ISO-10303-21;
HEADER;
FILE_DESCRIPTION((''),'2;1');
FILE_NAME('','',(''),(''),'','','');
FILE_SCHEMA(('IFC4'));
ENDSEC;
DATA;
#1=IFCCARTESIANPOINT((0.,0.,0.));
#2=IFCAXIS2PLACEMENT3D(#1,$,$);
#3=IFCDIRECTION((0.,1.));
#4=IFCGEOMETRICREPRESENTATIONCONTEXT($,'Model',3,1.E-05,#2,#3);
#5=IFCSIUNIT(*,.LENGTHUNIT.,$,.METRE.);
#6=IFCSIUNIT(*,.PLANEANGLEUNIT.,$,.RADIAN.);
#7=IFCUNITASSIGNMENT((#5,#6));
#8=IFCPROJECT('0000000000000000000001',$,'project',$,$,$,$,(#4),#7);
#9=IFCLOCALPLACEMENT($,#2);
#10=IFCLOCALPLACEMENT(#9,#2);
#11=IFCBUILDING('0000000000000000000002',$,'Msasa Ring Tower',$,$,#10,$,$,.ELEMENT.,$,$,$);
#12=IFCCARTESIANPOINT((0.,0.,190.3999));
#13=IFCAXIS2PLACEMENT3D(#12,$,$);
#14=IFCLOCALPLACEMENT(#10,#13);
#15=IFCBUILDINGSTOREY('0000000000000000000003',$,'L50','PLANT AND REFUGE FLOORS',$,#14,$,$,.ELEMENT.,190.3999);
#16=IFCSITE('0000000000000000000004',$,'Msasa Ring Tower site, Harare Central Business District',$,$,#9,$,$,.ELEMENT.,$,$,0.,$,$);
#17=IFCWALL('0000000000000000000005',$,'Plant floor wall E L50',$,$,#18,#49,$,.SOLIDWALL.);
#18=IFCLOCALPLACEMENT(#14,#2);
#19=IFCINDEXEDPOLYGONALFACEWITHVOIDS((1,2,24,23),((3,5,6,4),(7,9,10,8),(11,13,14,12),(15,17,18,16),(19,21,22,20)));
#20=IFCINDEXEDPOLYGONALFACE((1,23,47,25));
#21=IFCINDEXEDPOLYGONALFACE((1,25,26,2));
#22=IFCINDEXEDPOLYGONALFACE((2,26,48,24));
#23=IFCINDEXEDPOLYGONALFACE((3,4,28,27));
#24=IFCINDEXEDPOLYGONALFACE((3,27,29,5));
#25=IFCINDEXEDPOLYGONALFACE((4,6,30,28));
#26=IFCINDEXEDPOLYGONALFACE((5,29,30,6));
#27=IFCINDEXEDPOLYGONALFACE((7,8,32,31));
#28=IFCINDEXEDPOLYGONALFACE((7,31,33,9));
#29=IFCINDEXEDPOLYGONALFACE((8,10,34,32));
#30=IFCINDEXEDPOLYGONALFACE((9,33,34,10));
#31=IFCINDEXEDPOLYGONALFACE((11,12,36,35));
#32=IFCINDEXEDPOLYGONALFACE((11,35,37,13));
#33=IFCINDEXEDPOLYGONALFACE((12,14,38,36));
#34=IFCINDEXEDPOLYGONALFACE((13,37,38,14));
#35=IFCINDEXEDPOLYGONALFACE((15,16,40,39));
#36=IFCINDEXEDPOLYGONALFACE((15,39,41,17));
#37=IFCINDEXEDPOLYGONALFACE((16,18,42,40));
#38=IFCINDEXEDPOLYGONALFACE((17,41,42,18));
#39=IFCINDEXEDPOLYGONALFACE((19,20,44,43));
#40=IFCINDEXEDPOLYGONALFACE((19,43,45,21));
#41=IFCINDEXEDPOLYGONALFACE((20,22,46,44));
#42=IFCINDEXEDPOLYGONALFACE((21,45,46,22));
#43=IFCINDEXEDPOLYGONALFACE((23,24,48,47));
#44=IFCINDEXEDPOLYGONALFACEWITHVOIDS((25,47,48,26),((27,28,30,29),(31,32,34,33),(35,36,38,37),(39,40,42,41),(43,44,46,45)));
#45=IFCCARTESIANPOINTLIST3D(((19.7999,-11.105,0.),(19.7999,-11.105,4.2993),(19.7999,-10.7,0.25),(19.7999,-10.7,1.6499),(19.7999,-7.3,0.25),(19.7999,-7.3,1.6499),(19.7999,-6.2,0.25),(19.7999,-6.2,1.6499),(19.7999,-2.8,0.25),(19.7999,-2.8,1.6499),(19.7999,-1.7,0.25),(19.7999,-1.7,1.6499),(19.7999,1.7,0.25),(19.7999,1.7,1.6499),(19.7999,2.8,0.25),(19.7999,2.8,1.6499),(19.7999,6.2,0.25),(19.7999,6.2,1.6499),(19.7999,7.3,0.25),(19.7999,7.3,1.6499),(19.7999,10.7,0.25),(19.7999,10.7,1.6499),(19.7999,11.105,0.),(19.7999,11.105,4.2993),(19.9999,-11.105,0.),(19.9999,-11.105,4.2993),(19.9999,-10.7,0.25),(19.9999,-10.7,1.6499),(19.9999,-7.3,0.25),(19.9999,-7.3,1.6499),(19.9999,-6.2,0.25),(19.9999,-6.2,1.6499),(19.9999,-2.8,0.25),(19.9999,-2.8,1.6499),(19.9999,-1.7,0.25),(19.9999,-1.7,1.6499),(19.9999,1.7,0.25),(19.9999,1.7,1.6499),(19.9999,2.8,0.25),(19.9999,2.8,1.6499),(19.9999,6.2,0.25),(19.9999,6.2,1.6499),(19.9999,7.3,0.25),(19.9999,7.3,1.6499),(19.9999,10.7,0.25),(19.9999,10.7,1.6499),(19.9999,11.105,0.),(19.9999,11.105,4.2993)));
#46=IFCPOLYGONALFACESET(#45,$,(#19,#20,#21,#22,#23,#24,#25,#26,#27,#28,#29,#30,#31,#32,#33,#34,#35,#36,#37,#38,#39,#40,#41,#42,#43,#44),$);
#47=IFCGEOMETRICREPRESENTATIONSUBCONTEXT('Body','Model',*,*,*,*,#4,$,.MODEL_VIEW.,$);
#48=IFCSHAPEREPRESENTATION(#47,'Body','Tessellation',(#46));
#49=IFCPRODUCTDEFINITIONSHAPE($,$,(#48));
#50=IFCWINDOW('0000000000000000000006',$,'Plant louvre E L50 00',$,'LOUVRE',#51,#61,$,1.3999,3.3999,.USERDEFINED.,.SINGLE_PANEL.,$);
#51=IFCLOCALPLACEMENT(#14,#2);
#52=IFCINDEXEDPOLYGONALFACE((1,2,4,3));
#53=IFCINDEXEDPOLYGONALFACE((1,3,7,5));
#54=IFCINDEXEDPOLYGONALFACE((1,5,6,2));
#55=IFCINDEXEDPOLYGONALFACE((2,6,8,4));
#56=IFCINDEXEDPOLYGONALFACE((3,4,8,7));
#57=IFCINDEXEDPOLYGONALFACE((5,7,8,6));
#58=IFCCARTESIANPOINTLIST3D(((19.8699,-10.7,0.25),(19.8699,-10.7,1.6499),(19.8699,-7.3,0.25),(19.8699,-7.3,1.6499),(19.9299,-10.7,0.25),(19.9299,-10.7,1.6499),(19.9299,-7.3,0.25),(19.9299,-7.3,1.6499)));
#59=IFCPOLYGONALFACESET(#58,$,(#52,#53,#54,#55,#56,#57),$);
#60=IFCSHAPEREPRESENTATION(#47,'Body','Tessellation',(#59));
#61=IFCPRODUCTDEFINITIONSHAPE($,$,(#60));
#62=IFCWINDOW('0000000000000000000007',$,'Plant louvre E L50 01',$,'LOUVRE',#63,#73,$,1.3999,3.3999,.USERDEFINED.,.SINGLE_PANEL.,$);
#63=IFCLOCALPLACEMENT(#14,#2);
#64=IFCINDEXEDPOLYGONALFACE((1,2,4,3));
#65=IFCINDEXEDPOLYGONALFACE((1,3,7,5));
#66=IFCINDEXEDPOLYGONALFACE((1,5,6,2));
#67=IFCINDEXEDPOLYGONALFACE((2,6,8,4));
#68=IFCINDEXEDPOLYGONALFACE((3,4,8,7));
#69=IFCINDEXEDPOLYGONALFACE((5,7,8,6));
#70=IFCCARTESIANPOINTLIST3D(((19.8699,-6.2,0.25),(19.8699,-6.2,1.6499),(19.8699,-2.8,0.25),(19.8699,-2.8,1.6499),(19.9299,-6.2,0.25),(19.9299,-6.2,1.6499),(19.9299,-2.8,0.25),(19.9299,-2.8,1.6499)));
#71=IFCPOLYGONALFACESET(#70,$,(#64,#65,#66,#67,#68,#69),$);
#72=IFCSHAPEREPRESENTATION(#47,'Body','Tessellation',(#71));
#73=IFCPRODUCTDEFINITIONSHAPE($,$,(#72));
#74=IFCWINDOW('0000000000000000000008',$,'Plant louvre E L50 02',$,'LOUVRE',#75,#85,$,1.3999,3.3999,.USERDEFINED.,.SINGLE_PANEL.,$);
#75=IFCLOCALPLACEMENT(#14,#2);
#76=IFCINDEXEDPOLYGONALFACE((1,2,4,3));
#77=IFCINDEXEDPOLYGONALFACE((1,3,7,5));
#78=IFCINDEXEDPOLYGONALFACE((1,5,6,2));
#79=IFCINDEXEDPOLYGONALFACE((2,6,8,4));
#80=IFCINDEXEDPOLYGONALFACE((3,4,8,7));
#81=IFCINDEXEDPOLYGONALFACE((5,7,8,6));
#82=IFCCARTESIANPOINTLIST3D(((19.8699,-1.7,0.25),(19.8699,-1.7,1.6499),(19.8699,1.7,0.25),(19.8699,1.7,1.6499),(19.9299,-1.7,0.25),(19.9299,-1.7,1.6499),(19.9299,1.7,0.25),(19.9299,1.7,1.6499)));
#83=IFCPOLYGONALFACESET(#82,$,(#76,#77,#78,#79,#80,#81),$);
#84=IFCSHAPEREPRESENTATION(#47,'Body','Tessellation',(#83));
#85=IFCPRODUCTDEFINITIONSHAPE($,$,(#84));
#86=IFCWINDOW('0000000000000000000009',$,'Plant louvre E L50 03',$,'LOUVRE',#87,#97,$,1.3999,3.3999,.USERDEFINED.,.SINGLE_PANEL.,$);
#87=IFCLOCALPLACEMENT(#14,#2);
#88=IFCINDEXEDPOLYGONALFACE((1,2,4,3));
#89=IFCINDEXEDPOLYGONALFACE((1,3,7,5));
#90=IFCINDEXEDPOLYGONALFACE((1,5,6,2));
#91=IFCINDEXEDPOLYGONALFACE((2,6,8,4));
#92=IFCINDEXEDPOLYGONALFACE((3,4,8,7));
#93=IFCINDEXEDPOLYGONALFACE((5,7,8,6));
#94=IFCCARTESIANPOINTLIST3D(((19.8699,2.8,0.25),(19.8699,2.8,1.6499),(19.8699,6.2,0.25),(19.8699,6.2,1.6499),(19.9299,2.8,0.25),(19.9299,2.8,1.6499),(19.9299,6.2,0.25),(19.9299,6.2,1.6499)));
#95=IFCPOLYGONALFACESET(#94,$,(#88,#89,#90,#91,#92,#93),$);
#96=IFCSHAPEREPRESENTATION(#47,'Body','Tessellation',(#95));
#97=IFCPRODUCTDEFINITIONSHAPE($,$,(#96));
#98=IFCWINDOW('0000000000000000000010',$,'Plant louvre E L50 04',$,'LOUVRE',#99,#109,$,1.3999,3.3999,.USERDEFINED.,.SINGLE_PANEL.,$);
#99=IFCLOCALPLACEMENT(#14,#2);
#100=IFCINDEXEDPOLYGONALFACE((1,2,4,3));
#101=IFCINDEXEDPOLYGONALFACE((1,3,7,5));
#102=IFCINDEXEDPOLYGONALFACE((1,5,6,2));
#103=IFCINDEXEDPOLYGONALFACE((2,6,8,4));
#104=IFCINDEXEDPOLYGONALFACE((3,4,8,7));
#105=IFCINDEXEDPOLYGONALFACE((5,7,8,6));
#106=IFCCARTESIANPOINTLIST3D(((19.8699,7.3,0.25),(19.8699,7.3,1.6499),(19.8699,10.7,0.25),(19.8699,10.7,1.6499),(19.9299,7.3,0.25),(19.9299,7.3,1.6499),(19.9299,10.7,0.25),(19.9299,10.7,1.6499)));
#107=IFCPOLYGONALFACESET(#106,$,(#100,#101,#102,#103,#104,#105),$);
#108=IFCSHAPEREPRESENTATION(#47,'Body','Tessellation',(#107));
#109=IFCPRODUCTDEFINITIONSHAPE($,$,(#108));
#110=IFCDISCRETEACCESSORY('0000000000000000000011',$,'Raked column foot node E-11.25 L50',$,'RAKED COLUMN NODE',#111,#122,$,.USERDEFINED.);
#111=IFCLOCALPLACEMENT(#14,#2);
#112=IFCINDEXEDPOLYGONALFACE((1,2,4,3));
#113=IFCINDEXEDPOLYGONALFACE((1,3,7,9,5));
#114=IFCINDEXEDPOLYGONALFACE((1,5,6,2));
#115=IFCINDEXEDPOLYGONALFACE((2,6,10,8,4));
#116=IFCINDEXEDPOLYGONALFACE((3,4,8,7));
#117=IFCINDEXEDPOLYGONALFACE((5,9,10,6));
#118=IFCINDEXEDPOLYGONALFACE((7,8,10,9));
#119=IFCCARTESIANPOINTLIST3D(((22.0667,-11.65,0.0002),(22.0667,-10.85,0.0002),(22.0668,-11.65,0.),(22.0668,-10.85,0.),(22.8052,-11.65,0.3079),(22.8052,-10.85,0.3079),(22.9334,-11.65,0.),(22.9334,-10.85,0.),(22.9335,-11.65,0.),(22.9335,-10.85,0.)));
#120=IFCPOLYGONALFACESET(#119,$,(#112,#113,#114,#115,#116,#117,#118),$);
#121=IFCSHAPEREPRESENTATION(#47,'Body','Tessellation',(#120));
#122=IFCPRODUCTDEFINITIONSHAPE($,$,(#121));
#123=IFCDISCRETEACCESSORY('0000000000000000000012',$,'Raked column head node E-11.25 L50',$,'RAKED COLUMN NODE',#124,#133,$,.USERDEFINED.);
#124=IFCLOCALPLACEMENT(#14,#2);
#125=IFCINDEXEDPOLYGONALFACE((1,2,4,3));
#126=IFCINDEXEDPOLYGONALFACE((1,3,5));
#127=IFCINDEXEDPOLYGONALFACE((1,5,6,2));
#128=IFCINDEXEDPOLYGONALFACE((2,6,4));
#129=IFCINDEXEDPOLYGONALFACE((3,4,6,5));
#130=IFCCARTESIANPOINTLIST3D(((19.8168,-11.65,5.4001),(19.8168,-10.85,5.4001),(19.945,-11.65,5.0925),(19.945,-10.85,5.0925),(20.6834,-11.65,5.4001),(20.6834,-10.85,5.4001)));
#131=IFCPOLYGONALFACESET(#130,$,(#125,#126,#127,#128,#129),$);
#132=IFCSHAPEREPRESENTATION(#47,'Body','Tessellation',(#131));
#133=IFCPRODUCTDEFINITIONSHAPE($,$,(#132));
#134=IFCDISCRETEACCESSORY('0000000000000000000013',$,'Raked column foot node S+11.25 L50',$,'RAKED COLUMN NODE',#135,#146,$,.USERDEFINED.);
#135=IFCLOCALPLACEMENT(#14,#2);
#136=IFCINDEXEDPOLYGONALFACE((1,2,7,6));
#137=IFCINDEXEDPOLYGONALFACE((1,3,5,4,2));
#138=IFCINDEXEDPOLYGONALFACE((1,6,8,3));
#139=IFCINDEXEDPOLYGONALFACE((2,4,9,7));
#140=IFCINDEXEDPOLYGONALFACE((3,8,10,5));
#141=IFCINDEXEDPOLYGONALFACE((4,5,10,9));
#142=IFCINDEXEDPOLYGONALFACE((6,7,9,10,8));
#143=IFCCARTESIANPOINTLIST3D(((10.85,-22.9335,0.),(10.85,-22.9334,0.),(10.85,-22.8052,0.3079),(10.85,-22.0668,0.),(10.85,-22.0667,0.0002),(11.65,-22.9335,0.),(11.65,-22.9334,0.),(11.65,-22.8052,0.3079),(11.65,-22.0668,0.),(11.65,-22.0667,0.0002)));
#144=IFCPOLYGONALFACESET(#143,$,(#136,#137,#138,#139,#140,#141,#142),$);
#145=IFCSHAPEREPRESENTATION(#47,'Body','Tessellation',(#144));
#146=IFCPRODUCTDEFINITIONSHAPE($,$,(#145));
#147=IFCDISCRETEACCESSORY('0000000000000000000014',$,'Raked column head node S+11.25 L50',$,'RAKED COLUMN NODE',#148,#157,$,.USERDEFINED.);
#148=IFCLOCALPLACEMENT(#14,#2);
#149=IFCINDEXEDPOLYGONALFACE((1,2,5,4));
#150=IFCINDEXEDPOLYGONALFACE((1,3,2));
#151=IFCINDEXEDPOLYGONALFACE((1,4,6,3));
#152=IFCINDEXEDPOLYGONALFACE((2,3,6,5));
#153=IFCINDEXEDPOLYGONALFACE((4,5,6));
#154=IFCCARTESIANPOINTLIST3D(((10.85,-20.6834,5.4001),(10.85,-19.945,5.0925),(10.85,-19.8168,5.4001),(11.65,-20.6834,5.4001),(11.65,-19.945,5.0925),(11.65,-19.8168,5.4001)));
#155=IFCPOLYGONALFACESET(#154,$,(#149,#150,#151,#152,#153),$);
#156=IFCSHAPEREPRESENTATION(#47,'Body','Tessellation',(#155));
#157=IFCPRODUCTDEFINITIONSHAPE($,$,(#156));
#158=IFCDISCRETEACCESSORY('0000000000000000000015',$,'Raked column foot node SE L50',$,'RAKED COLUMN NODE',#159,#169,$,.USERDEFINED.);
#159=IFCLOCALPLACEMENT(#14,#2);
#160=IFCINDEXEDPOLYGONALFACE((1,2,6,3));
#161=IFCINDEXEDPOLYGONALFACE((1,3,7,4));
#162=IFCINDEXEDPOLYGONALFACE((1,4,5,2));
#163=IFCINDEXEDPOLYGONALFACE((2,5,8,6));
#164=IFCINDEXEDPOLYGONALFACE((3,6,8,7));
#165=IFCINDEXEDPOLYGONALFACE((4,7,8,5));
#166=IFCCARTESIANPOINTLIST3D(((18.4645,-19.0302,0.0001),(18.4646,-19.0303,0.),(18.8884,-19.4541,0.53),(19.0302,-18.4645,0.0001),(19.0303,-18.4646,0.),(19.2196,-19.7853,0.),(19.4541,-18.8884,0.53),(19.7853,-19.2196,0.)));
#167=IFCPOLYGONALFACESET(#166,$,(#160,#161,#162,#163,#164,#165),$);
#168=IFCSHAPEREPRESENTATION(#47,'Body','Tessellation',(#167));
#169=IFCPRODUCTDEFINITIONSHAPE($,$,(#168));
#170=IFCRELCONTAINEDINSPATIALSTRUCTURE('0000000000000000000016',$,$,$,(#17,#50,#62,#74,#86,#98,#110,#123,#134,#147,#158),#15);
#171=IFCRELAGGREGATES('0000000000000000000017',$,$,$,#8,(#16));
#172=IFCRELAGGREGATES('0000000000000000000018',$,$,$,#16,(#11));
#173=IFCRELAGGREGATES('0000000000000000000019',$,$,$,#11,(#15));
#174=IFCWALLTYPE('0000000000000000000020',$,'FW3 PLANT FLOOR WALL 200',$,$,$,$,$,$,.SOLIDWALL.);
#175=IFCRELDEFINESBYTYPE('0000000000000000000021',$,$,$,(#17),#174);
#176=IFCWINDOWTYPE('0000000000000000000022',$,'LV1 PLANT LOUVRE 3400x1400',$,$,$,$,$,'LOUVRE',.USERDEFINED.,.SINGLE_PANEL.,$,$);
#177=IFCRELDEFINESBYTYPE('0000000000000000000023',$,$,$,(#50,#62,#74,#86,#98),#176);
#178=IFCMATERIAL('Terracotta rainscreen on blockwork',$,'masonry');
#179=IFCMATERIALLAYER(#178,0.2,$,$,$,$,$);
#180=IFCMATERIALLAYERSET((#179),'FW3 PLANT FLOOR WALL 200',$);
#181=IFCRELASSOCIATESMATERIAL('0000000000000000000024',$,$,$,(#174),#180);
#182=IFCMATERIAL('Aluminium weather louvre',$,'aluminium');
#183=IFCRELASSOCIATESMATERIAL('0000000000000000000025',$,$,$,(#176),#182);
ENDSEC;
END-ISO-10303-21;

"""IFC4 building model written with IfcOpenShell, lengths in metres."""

from ifc_helpers import new_model, si_unit, direction, frame, frame_2d, origin, origin_2d, place, context, subcontext, project, spatial, rectangle, extrude, clip, halfspace, material, layer, layer_set, type_object, element, fill, save


model = new_model("IFC4")

# Units and contexts
model_context = context("Model", 3, precision=1e-05, world=origin(), true_north=direction((0.0, 1.0)))
body_context = subcontext(model_context, "Body", "Model", "MODEL_VIEW")
ifc_project = project(units=[si_unit("LENGTHUNIT", "METRE"), si_unit("PLANEANGLEUNIT", "RADIAN")], contexts=[model_context])

# Site, building, storey
site_placement = place(None, origin())
site = spatial("IfcSite", under=ifc_project, at=site_placement, Name="Msasa Ring Tower site, Harare Central Business District", CompositionType="ELEMENT", RefElevation=0.0)
building_placement = place(site_placement, origin())
building = spatial("IfcBuilding", under=site, at=building_placement, Name="Msasa Ring Tower", CompositionType="ELEMENT")
storey_placement = place(building_placement, frame((0.0, 0.0, 190.3999)))
storey = spatial("IfcBuildingStorey", under=building, at=storey_placement, Name="L50", Description="PLANT AND REFUGE FLOORS", CompositionType="ELEMENT", Elevation=190.3999)

# Wall, openings, windows
ifc_material_1 = material(Name="Terracotta rainscreen on blockwork", Category="masonry")
ifc_layer = layer(ifc_material_1, 0.2)
ifc_layer_set = layer_set([ifc_layer], Name="FW3 PLANT FLOOR WALL 200")
wall_type = type_object("IfcWallType", Name="FW3 PLANT FLOOR WALL 200", PredefinedType="SOLIDWALL", material=ifc_layer_set)
wall_placement = place(storey_placement, frame((19.8999, -11.105, 0.0), z_axis=(0.0, 0.0, 1.0), x_axis=(0.0, 1.0, 0.0)))
wall = element("IfcWall", 1, at=wall_placement, inside=storey, type_object=wall_type, Name="Plant floor wall E L50", PredefinedType="SOLIDWALL", context=body_context, shape_type="SweptSolid", body=[
    extrude(rectangle(XDim=22.21, YDim=0.2, at=frame_2d((11.105, 0.0))), origin(), (0.0, 0.0, 1.0), 4.2993),
])
opening_1_placement = place(wall_placement, frame((0.405, 0.0, 0.25)))
opening_1 = element("IfcOpeningElement", 2, at=opening_1_placement, cuts=wall, PredefinedType="OPENING", context=body_context, shape_type="SweptSolid", body=[
    extrude(rectangle(XDim=3.3999, YDim=1.3999, at=frame_2d((1.7, 0.7))), frame((0.0, 0.1099, 0.0), z_axis=(0.0, -1.0, 0.0), x_axis=(1.0, 0.0, 0.0)), (0.0, 0.0, 1.0), 0.22),
])
opening_2_placement = place(wall_placement, frame((4.905, 0.0, 0.25)))
opening_2 = element("IfcOpeningElement", 3, at=opening_2_placement, cuts=wall, PredefinedType="OPENING", context=body_context, shape_type="SweptSolid", body=[
    extrude(rectangle(XDim=3.3999, YDim=1.3999, at=frame_2d((1.7, 0.7))), frame((0.0, 0.1099, 0.0), z_axis=(0.0, -1.0, 0.0), x_axis=(1.0, 0.0, 0.0)), (0.0, 0.0, 1.0), 0.22),
])
opening_3_placement = place(wall_placement, frame((9.405, 0.0, 0.25)))
opening_3 = element("IfcOpeningElement", 4, at=opening_3_placement, cuts=wall, PredefinedType="OPENING", context=body_context, shape_type="SweptSolid", body=[
    extrude(rectangle(XDim=3.3999, YDim=1.3999, at=frame_2d((1.7, 0.7))), frame((0.0, 0.1099, 0.0), z_axis=(0.0, -1.0, 0.0), x_axis=(1.0, 0.0, 0.0)), (0.0, 0.0, 1.0), 0.22),
])
opening_4_placement = place(wall_placement, frame((13.905, 0.0, 0.25)))
opening_4 = element("IfcOpeningElement", 5, at=opening_4_placement, cuts=wall, PredefinedType="OPENING", context=body_context, shape_type="SweptSolid", body=[
    extrude(rectangle(XDim=3.3999, YDim=1.3999, at=frame_2d((1.7, 0.7))), frame((0.0, 0.1099, 0.0), z_axis=(0.0, -1.0, 0.0), x_axis=(1.0, 0.0, 0.0)), (0.0, 0.0, 1.0), 0.22),
])
opening_5_placement = place(wall_placement, frame((18.405, 0.0, 0.25)))
opening_5 = element("IfcOpeningElement", 6, at=opening_5_placement, cuts=wall, PredefinedType="OPENING", context=body_context, shape_type="SweptSolid", body=[
    extrude(rectangle(XDim=3.3999, YDim=1.3999, at=frame_2d((1.7, 0.7))), frame((0.0, 0.1099, 0.0), z_axis=(0.0, -1.0, 0.0), x_axis=(1.0, 0.0, 0.0)), (0.0, 0.0, 1.0), 0.22),
])
ifc_material_2 = material(Name="Aluminium weather louvre", Category="aluminium")
window_type = type_object("IfcWindowType", Name="LV1 PLANT LOUVRE 3400x1400", ElementType="LOUVRE", PartitioningType="SINGLE_PANEL", PredefinedType="USERDEFINED", material=ifc_material_2)
window_1_placement = place(opening_1_placement, origin())
window_1 = element("IfcWindow", 7, at=window_1_placement, inside=storey, type_object=window_type, Name="Plant louvre E L50 00", ObjectType="LOUVRE", OverallHeight=1.3999, OverallWidth=3.3999, PartitioningType="SINGLE_PANEL", PredefinedType="USERDEFINED", context=body_context, shape_type="SweptSolid", body=[
    extrude(rectangle(XDim=3.3999, YDim=1.3999, at=frame_2d((1.7, 0.7))), frame((0.0, 0.03, 0.0), z_axis=(0.0, -1.0, 0.0), x_axis=(1.0, 0.0, 0.0)), (0.0, 0.0, 1.0), 0.0601),
])
fill(opening_1, window_1)
window_2_placement = place(opening_2_placement, origin())
window_2 = element("IfcWindow", 8, at=window_2_placement, inside=storey, type_object=window_type, Name="Plant louvre E L50 01", ObjectType="LOUVRE", OverallHeight=1.3999, OverallWidth=3.3999, PartitioningType="SINGLE_PANEL", PredefinedType="USERDEFINED", context=body_context, shape_type="SweptSolid", body=[
    extrude(rectangle(XDim=3.3999, YDim=1.3999, at=frame_2d((1.7, 0.7))), frame((0.0, 0.03, 0.0), z_axis=(0.0, -1.0, 0.0), x_axis=(1.0, 0.0, 0.0)), (0.0, 0.0, 1.0), 0.0601),
])
fill(opening_2, window_2)
window_3_placement = place(opening_3_placement, origin())
window_3 = element("IfcWindow", 9, at=window_3_placement, inside=storey, type_object=window_type, Name="Plant louvre E L50 02", ObjectType="LOUVRE", OverallHeight=1.3999, OverallWidth=3.3999, PartitioningType="SINGLE_PANEL", PredefinedType="USERDEFINED", context=body_context, shape_type="SweptSolid", body=[
    extrude(rectangle(XDim=3.3999, YDim=1.3999, at=frame_2d((1.7, 0.7))), frame((0.0, 0.03, 0.0), z_axis=(0.0, -1.0, 0.0), x_axis=(1.0, 0.0, 0.0)), (0.0, 0.0, 1.0), 0.0601),
])
fill(opening_3, window_3)
window_4_placement = place(opening_4_placement, origin())
window_4 = element("IfcWindow", 10, at=window_4_placement, inside=storey, type_object=window_type, Name="Plant louvre E L50 03", ObjectType="LOUVRE", OverallHeight=1.3999, OverallWidth=3.3999, PartitioningType="SINGLE_PANEL", PredefinedType="USERDEFINED", context=body_context, shape_type="SweptSolid", body=[
    extrude(rectangle(XDim=3.3999, YDim=1.3999, at=frame_2d((1.7, 0.7))), frame((0.0, 0.03, 0.0), z_axis=(0.0, -1.0, 0.0), x_axis=(1.0, 0.0, 0.0)), (0.0, 0.0, 1.0), 0.0601),
])
fill(opening_4, window_4)
window_5_placement = place(opening_5_placement, origin())
window_5 = element("IfcWindow", 11, at=window_5_placement, inside=storey, type_object=window_type, Name="Plant louvre E L50 04", ObjectType="LOUVRE", OverallHeight=1.3999, OverallWidth=3.3999, PartitioningType="SINGLE_PANEL", PredefinedType="USERDEFINED", context=body_context, shape_type="SweptSolid", body=[
    extrude(rectangle(XDim=3.3999, YDim=1.3999, at=frame_2d((1.7, 0.7))), frame((0.0, 0.03, 0.0), z_axis=(0.0, -1.0, 0.0), x_axis=(1.0, 0.0, 0.0)), (0.0, 0.0, 1.0), 0.0601),
])
fill(opening_5, window_5)

# Discrete accessories
discrete_accessory_1_placement = place(storey_placement, frame((22.5, -11.25, 0.0)))
element("IfcDiscreteAccessory", 12, at=discrete_accessory_1_placement, inside=storey, Name="Raked column foot node E-11.25 L50", ObjectType="RAKED COLUMN NODE", PredefinedType="USERDEFINED", context=body_context, shape_type="Clipping", body=[
    clip(extrude(rectangle(XDim=0.8, YDim=0.8, at=origin_2d()), frame((0.0642, 0.0, -0.1538), z_axis=(-0.384615, 0.0, 0.923077), x_axis=(0.0, -1.0, 0.0)), (0.0, 0.0, 1.0), 0.3335), halfspace(frame((0.0, 0.0, 0.0), z_axis=(0.0, 0.0, 1.0)), True)),
])
discrete_accessory_2_placement = place(storey_placement, frame((20.25, -11.25, 5.4001)))
element("IfcDiscreteAccessory", 13, at=discrete_accessory_2_placement, inside=storey, Name="Raked column head node E-11.25 L50", ObjectType="RAKED COLUMN NODE", PredefinedType="USERDEFINED", context=body_context, shape_type="Clipping", body=[
    clip(extrude(rectangle(XDim=0.8, YDim=0.8, at=origin_2d()), frame((0.0642, 0.0, -0.1538), z_axis=(-0.384615, 0.0, 0.923077), x_axis=(0.0, -1.0, 0.0)), (0.0, 0.0, 1.0), 0.3335), halfspace(frame((0.0, 0.0, 0.0), z_axis=(0.0, 0.0, -1.0)), True)),
])
discrete_accessory_3_placement = place(storey_placement, frame((11.25, -22.5, 0.0)))
element("IfcDiscreteAccessory", 14, at=discrete_accessory_3_placement, inside=storey, Name="Raked column foot node S+11.25 L50", ObjectType="RAKED COLUMN NODE", PredefinedType="USERDEFINED", context=body_context, shape_type="Clipping", body=[
    clip(extrude(rectangle(XDim=0.8, YDim=0.8, at=origin_2d()), frame((0.0, -0.0642, -0.1538), z_axis=(0.0, 0.384615, 0.923077), x_axis=(0.0, -0.923077, 0.384615)), (0.0, 0.0, 1.0), 0.3335), halfspace(frame((0.0, 0.0, 0.0), z_axis=(0.0, 0.0, 1.0)), True)),
])
discrete_accessory_4_placement = place(storey_placement, frame((11.25, -20.25, 5.4001)))
element("IfcDiscreteAccessory", 15, at=discrete_accessory_4_placement, inside=storey, Name="Raked column head node S+11.25 L50", ObjectType="RAKED COLUMN NODE", PredefinedType="USERDEFINED", context=body_context, shape_type="Clipping", body=[
    clip(extrude(rectangle(XDim=0.8, YDim=0.8, at=origin_2d()), frame((0.0, -0.0642, -0.1538), z_axis=(0.0, 0.384615, 0.923077), x_axis=(0.0, -0.923077, 0.384615)), (0.0, 0.0, 1.0), 0.3335), halfspace(frame((0.0, 0.0, 0.0), z_axis=(0.0, 0.0, -1.0)), True)),
])
discrete_accessory_5_placement = place(storey_placement, frame((19.125, -19.125, 0.0)))
element("IfcDiscreteAccessory", 16, at=discrete_accessory_5_placement, inside=storey, Name="Raked column foot node SE L50", ObjectType="RAKED COLUMN NODE", PredefinedType="USERDEFINED", context=body_context, shape_type="Clipping", body=[
    clip(extrude(rectangle(XDim=0.8, YDim=0.8, at=origin_2d()), frame((0.1655, -0.1655, -0.2649), z_axis=(-0.468293, 0.468293, 0.749269), x_axis=(-0.707107, -0.707107, 0.0)), (0.0, 0.0, 1.0), 0.7073), halfspace(frame((0.0, 0.0, 0.0), z_axis=(0.0, 0.0, 1.0)), True)),
])

save(model, "model.ifc")
